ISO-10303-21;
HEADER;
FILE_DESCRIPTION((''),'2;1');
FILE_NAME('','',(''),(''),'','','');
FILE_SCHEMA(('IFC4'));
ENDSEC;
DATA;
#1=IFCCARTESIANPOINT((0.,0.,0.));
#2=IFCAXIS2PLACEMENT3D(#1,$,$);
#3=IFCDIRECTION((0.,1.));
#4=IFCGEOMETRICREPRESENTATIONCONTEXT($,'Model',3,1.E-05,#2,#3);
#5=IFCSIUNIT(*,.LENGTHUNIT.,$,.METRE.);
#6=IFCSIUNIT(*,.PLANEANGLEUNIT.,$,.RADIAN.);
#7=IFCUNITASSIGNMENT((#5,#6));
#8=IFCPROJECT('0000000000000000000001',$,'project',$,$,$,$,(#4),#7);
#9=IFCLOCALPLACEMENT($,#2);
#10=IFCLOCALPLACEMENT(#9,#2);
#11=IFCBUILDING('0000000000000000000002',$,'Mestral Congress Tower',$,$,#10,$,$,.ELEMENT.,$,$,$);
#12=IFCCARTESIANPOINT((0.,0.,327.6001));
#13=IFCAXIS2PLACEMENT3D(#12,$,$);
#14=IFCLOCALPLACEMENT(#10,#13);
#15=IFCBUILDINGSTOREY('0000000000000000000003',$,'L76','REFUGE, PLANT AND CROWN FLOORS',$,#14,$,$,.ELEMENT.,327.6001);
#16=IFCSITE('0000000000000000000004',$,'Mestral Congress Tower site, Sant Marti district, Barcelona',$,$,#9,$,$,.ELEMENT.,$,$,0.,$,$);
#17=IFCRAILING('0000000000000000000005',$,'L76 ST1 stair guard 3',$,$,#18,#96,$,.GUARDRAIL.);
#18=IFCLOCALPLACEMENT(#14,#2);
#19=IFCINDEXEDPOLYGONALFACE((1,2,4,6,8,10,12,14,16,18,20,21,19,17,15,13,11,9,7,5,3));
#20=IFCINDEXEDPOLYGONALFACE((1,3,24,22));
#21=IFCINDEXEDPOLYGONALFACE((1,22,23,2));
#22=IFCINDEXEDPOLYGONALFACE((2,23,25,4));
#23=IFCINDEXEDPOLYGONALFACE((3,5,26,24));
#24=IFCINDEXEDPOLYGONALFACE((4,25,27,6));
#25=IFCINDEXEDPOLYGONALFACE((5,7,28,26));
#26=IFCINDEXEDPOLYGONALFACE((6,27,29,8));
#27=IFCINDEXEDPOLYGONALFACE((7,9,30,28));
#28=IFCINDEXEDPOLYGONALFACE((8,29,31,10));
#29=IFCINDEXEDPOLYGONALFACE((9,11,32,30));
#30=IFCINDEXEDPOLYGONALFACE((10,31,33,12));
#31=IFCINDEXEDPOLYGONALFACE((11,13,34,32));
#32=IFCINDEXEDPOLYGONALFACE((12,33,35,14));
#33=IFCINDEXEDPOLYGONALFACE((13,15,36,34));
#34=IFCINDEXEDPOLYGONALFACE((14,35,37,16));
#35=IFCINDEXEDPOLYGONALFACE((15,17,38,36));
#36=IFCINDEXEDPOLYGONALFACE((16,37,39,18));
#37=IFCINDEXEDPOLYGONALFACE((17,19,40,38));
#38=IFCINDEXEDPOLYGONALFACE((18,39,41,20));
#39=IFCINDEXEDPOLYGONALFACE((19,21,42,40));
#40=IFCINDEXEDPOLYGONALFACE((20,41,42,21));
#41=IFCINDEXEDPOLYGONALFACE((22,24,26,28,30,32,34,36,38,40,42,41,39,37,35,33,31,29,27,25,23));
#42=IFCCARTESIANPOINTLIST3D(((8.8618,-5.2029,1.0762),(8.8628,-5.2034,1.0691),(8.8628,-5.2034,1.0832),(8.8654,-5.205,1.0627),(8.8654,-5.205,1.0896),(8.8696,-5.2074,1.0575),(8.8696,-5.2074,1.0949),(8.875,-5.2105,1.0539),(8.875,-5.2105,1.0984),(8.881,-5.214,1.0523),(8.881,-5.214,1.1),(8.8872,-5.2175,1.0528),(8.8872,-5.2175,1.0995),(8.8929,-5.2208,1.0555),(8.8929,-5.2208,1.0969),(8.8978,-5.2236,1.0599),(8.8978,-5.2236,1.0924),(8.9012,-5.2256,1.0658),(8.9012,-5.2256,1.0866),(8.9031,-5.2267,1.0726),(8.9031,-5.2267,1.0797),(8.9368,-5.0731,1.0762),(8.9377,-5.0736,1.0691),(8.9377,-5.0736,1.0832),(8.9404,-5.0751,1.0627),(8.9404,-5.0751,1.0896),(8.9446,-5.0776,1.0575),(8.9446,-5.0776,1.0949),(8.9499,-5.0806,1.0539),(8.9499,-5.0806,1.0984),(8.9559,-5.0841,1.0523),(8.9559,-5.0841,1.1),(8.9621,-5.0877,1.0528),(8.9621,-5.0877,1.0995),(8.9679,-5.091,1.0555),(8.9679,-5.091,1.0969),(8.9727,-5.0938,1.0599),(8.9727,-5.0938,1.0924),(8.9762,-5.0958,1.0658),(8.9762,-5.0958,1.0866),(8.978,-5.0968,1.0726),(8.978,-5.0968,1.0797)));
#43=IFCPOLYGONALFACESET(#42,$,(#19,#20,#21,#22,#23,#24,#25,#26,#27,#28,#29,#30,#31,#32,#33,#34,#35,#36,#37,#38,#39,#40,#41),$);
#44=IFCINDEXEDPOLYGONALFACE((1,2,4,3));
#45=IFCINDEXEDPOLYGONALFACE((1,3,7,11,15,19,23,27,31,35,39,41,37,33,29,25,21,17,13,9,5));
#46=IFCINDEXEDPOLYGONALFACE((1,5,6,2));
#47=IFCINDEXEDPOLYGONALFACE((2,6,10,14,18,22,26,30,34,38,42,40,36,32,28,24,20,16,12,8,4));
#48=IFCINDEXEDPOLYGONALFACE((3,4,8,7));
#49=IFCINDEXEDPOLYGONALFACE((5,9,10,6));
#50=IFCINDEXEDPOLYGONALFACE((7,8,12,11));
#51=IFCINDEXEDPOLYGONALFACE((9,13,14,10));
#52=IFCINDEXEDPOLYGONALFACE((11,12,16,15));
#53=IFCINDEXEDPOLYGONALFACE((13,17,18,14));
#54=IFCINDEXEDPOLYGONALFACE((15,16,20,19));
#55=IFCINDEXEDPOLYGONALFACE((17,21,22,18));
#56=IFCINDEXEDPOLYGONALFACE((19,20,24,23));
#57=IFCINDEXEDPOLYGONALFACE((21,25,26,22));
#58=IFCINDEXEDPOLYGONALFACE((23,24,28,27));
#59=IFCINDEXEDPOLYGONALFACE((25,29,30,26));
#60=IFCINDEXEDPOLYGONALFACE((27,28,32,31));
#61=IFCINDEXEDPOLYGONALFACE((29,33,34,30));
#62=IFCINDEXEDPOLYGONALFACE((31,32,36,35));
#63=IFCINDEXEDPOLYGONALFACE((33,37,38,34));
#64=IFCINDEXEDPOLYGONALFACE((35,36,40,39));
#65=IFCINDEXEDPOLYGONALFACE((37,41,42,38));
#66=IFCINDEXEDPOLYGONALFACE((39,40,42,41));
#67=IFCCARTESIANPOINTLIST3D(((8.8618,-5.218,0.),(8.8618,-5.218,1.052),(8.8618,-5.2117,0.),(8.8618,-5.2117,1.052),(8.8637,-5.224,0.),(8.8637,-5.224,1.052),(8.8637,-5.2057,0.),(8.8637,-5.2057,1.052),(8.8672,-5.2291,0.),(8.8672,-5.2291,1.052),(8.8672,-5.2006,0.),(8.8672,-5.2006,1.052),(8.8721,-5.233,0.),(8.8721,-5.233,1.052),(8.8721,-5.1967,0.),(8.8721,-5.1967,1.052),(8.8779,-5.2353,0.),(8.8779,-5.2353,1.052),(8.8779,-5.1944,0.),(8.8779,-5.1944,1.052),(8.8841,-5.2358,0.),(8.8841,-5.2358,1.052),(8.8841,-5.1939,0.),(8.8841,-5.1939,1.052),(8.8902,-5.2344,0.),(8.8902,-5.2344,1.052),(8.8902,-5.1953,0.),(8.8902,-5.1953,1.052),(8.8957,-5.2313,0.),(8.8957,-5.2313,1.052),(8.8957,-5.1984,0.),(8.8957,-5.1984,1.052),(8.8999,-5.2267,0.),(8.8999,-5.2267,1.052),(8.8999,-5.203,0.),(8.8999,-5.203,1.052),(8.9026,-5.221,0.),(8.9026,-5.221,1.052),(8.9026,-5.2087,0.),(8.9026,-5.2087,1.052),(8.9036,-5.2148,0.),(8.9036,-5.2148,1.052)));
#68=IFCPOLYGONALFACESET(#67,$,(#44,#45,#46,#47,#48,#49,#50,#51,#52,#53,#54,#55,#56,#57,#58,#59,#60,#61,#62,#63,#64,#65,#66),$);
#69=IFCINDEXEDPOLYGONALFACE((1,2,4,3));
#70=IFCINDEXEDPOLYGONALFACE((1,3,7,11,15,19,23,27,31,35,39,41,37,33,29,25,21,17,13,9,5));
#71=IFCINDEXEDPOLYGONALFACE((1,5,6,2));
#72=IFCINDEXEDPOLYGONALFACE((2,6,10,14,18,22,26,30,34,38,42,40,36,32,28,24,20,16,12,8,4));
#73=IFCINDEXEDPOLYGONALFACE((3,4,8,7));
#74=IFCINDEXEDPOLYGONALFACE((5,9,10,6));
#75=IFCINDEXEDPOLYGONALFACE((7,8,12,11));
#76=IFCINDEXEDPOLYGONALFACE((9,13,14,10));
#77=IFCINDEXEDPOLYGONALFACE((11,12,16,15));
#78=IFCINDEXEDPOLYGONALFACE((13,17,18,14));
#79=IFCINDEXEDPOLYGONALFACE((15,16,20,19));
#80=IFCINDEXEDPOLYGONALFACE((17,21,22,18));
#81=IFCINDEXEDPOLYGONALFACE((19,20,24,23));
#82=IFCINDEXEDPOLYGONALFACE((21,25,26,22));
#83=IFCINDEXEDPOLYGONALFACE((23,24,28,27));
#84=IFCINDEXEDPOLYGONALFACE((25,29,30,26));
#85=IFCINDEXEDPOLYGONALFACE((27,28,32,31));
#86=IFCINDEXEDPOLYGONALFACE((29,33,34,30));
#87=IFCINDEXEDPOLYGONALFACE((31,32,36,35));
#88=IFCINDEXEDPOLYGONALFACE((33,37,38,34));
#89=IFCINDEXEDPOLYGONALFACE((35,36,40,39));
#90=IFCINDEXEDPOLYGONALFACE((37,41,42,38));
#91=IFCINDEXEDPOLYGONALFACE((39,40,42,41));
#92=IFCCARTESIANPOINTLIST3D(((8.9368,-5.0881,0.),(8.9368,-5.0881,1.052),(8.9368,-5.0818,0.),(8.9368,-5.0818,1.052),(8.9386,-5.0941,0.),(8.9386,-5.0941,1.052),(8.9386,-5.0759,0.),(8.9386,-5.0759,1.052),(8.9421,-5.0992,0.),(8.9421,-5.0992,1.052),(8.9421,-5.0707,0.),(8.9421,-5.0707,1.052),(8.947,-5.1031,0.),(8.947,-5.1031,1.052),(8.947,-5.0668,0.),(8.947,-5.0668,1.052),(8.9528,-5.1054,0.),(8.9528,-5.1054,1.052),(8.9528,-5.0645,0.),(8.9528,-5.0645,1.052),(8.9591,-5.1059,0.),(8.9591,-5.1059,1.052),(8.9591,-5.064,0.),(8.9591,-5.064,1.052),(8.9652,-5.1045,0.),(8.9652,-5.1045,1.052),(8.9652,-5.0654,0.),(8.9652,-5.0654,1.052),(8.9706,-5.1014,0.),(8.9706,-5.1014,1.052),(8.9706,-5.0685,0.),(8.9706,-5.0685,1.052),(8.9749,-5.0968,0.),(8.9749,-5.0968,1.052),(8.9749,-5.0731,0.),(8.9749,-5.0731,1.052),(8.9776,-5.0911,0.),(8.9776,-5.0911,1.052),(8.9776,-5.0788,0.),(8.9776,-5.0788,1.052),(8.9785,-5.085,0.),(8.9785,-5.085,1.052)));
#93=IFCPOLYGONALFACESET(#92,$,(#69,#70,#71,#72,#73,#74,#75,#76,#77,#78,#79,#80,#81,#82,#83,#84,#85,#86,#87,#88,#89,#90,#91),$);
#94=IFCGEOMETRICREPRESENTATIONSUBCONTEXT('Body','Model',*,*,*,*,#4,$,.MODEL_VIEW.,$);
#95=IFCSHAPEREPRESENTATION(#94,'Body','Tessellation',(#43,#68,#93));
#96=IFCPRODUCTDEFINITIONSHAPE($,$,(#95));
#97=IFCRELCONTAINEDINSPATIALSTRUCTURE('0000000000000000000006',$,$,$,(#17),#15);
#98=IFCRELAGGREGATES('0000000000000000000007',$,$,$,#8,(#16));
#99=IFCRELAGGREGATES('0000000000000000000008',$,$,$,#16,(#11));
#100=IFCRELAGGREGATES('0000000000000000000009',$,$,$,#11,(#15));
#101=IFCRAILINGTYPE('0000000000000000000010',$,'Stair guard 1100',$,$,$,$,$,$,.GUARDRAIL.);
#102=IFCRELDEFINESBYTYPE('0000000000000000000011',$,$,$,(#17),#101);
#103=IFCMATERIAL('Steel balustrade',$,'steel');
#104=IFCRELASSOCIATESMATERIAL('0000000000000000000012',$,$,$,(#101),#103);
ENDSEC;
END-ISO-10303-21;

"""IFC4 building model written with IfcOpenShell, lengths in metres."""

from ifc_helpers import new_model, si_unit, direction, frame, origin, origin_2d, place, context, subcontext, project, spatial, circle, extrude, material, type_object, element, save


model = new_model("IFC4")

# Units and contexts
model_context = context("Model", 3, precision=1e-05, world=origin(), true_north=direction((0.0, 1.0)))
body_context = subcontext(model_context, "Body", "Model", "MODEL_VIEW")
ifc_project = project(units=[si_unit("LENGTHUNIT", "METRE"), si_unit("PLANEANGLEUNIT", "RADIAN")], contexts=[model_context])

# Site, building, storey
site_placement = place(None, origin())
site = spatial("IfcSite", under=ifc_project, at=site_placement, Name="Mestral Congress Tower site, Sant Marti district, Barcelona", CompositionType="ELEMENT", RefElevation=0.0)
building_placement = place(site_placement, origin())
building = spatial("IfcBuilding", under=site, at=building_placement, Name="Mestral Congress Tower", CompositionType="ELEMENT")
storey_placement = place(building_placement, frame((0.0, 0.0, 327.6001)))
storey = spatial("IfcBuildingStorey", under=building, at=storey_placement, Name="L76", Description="REFUGE, PLANT AND CROWN FLOORS", CompositionType="ELEMENT", Elevation=327.6001)

# Railing
ifc_material_1 = material(Name="Steel balustrade", Category="steel")
railing_type = type_object("IfcRailingType", Name="Stair guard 1100", PredefinedType="GUARDRAIL", material=ifc_material_1)
railing_1_placement = place(storey_placement, frame((8.8826, -5.2148, 0.0)))
element("IfcRailing", 1, at=railing_1_placement, inside=storey, type_object=railing_type, Name="L76 ST1 stair guard 3", PredefinedType="GUARDRAIL", context=body_context, shape_type="SweptSolid", body=[
    extrude(circle(Radius=0.0239, at=origin_2d()), frame((0.0, 0.0, 1.0762), z_axis=(0.499816, 0.866131, 0.0), x_axis=(-0.866131, 0.499816, 0.0)), (0.0, 0.0, 1.0), 0.1499),
    extrude(circle(Radius=0.021, at=origin_2d()), origin(), (0.0, 0.0, 1.0), 1.052),
    extrude(circle(Radius=0.021, at=origin_2d()), frame((0.075, 0.1299, 0.0)), (0.0, 0.0, 1.0), 1.052),
])

save(model, "model.ifc")
